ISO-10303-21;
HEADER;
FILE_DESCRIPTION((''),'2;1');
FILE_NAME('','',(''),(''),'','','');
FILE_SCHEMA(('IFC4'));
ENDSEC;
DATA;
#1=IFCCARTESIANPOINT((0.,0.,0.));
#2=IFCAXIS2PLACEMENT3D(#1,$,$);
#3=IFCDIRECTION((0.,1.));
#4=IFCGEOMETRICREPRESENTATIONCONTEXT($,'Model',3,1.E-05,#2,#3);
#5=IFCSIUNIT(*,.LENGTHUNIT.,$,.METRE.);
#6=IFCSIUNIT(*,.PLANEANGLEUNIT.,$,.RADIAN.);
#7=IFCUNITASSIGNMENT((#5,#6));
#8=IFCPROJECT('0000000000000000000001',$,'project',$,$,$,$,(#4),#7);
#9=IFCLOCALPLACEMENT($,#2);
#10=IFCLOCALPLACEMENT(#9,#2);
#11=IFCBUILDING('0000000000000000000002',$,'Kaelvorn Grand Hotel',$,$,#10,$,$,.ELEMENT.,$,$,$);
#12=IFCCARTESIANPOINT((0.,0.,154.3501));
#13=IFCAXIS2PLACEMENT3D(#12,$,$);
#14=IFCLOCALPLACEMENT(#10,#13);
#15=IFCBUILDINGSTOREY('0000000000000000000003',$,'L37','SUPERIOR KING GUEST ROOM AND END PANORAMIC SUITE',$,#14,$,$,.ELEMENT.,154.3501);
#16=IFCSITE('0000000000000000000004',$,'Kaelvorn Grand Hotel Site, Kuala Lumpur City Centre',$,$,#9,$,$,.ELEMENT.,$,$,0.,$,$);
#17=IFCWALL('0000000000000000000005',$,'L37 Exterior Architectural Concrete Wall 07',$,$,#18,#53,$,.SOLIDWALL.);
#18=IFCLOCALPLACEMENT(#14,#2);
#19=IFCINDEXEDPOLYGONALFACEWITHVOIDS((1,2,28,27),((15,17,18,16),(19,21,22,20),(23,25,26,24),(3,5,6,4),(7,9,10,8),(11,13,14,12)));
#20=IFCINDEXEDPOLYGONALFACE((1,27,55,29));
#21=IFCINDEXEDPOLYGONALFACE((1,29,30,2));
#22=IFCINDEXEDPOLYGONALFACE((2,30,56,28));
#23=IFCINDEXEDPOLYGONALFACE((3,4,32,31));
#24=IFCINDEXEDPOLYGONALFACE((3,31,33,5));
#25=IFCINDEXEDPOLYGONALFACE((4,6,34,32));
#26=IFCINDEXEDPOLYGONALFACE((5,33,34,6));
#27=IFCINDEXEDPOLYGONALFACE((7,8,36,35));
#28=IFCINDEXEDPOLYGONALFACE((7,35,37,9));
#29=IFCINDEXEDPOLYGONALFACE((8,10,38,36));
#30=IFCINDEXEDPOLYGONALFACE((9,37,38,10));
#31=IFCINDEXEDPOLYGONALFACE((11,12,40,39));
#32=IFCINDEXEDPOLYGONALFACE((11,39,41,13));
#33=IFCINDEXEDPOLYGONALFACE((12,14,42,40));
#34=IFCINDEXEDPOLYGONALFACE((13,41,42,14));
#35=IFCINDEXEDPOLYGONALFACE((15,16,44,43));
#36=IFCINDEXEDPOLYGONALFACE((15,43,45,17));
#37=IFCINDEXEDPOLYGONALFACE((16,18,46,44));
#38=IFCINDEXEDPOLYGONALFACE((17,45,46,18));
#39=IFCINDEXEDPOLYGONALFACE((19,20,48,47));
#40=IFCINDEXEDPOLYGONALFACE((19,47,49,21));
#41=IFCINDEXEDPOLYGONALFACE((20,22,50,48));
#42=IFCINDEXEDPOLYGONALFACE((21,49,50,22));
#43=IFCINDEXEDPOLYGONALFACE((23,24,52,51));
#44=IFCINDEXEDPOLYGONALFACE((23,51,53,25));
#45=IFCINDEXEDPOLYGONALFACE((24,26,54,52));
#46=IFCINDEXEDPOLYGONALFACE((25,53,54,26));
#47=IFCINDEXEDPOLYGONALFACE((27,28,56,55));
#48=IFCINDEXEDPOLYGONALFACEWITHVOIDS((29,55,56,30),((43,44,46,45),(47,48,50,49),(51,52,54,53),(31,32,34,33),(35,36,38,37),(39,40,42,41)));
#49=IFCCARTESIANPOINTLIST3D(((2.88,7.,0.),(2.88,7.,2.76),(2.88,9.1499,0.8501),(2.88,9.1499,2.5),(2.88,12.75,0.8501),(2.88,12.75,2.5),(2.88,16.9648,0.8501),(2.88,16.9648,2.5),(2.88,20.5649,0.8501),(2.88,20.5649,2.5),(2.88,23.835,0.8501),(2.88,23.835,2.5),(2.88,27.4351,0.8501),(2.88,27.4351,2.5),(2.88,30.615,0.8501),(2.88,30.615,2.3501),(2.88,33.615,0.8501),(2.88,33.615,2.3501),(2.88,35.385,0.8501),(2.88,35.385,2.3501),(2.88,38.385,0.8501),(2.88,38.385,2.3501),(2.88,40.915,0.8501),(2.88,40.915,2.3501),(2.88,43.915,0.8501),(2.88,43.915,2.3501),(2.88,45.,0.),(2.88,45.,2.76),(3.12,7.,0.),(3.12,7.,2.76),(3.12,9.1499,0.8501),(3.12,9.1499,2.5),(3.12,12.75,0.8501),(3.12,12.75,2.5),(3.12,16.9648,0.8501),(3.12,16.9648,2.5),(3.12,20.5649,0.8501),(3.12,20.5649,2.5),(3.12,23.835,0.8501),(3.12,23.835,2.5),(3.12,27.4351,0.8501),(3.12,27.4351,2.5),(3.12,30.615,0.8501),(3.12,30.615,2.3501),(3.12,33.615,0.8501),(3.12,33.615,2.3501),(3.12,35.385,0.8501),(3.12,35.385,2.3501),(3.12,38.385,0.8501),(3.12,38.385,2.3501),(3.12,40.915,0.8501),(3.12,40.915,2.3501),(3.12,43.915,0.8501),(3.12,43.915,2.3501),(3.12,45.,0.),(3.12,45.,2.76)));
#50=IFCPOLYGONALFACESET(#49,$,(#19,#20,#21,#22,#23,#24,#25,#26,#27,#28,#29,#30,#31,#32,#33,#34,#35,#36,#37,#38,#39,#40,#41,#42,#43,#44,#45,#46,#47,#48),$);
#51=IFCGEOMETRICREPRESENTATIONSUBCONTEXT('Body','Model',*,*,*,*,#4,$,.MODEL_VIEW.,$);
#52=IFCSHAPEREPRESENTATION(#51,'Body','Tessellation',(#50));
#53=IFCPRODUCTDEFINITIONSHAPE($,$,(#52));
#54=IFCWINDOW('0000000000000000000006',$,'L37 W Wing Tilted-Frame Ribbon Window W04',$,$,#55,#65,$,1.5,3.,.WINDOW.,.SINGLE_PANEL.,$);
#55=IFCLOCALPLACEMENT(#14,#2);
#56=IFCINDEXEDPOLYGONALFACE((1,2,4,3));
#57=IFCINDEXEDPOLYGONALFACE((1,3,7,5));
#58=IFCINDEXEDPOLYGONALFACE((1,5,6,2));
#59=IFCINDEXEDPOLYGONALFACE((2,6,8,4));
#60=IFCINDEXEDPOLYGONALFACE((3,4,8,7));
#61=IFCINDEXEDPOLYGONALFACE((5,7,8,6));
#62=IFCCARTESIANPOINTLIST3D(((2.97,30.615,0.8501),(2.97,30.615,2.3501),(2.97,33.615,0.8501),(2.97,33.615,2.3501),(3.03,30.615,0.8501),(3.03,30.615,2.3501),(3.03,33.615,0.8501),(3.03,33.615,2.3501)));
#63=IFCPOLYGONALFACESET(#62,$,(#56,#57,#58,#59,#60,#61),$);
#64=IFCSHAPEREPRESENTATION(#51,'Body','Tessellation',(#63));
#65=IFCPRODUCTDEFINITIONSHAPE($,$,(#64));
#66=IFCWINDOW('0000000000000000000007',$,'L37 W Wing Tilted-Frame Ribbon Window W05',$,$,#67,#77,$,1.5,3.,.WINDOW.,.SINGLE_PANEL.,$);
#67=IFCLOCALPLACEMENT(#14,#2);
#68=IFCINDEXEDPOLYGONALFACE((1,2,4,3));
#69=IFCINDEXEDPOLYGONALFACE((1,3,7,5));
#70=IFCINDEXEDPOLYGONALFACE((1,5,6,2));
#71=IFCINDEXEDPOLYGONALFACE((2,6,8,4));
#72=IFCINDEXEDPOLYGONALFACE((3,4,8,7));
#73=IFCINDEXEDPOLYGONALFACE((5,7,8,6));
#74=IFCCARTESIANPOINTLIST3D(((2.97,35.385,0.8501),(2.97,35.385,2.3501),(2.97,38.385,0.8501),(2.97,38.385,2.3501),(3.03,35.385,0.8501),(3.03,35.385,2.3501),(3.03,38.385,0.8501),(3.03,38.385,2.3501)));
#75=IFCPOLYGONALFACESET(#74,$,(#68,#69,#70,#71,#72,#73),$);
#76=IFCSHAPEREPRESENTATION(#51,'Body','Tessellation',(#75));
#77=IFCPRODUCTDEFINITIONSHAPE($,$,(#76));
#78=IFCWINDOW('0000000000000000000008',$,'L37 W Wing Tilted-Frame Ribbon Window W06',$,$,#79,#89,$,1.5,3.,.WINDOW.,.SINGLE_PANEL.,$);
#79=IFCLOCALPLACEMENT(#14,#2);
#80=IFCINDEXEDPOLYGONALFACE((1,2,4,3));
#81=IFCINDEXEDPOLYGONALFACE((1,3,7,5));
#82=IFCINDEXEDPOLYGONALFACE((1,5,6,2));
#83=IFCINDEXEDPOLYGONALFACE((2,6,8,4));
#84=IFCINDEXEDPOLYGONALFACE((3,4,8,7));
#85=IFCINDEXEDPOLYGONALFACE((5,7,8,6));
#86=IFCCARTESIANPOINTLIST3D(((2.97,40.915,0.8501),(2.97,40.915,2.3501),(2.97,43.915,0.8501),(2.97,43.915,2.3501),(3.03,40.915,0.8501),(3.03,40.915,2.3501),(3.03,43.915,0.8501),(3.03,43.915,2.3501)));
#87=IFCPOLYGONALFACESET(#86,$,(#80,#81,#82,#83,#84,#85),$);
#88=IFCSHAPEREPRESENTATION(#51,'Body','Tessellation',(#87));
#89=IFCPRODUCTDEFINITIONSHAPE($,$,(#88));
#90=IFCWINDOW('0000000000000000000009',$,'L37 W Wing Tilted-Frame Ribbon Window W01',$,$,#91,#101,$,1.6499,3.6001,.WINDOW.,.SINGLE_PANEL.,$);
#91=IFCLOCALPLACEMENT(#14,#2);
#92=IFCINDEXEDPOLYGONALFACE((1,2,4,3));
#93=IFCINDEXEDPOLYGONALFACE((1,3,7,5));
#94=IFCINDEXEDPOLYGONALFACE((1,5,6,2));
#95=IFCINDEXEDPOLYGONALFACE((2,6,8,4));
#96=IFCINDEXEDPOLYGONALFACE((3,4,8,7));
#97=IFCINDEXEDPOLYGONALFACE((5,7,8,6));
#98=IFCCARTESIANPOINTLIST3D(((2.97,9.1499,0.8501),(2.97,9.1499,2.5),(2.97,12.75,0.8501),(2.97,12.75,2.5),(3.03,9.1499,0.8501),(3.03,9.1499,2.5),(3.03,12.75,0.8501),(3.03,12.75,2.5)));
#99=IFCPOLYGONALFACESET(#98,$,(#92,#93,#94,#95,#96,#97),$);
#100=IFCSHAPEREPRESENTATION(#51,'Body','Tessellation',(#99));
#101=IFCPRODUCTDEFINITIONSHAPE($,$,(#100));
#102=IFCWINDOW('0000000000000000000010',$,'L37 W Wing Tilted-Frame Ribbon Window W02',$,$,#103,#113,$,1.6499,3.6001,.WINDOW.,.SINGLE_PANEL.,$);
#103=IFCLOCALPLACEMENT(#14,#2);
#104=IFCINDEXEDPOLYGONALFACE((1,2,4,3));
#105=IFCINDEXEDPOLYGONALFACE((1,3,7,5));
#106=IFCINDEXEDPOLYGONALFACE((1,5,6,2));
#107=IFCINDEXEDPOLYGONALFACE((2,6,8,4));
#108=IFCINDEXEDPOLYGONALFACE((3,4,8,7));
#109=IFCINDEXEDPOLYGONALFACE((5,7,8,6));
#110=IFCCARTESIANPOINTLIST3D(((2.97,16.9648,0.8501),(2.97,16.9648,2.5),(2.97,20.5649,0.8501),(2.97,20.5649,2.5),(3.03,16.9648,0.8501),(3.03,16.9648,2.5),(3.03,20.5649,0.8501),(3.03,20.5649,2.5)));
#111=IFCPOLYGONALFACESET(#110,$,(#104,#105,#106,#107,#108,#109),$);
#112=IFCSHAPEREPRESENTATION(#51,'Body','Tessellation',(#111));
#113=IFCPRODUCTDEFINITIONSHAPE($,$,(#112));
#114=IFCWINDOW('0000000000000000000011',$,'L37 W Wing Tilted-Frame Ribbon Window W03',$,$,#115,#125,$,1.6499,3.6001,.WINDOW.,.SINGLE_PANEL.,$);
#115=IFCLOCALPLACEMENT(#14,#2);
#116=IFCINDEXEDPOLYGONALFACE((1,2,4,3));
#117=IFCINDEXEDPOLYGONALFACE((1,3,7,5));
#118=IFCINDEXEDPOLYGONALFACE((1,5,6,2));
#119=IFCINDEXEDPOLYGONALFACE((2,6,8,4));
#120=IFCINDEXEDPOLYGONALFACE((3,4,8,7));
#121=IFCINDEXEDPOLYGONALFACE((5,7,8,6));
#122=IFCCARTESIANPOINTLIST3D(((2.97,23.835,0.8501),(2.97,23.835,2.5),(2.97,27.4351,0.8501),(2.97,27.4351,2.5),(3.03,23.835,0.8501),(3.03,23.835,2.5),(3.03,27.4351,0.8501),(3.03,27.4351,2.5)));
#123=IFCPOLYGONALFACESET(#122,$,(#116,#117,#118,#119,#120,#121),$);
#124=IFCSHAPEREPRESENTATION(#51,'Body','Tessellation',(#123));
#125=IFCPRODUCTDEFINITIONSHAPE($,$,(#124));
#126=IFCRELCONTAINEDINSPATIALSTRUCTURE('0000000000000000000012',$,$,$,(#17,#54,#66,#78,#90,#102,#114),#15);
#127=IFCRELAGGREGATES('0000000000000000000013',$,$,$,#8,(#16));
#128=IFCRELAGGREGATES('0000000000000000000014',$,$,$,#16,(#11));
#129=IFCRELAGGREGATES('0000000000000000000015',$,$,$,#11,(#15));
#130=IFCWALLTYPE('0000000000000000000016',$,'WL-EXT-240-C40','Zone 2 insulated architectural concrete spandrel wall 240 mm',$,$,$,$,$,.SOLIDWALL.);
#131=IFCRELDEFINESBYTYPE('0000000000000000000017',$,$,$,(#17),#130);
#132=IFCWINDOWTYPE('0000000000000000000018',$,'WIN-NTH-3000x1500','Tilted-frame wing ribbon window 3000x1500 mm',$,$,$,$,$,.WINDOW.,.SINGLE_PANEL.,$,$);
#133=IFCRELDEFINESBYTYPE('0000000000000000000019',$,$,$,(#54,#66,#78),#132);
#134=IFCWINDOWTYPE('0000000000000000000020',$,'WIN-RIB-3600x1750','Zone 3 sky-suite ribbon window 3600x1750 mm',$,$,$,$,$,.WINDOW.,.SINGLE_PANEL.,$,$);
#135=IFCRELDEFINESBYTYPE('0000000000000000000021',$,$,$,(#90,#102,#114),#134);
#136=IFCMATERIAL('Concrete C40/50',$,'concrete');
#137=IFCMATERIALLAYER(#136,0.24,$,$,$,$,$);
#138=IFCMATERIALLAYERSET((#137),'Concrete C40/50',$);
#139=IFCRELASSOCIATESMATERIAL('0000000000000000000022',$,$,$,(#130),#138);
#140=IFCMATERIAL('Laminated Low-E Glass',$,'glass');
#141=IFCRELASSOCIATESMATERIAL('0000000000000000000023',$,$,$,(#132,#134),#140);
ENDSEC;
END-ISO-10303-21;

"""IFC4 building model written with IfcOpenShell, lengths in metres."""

from ifc_helpers import new_model, si_unit, direction, frame, frame_2d, origin, place, context, subcontext, project, spatial, rectangle, extrude, material, layer, layer_set, type_object, element, fill, save


model = new_model("IFC4")

# Units and contexts
model_context = context("Model", 3, precision=1e-05, world=origin(), true_north=direction((0.0, 1.0)))
body_context = subcontext(model_context, "Body", "Model", "MODEL_VIEW")
ifc_project = project(units=[si_unit("LENGTHUNIT", "METRE"), si_unit("PLANEANGLEUNIT", "RADIAN")], contexts=[model_context])

# Site, building, storey
site_placement = place(None, origin())
site = spatial("IfcSite", under=ifc_project, at=site_placement, Name="Kaelvorn Grand Hotel Site, Kuala Lumpur City Centre", CompositionType="ELEMENT", RefElevation=0.0)
building_placement = place(site_placement, origin())
building = spatial("IfcBuilding", under=site, at=building_placement, Name="Kaelvorn Grand Hotel", CompositionType="ELEMENT")
storey_placement = place(building_placement, frame((0.0, 0.0, 154.3501)))
storey = spatial("IfcBuildingStorey", under=building, at=storey_placement, Name="L37", Description="SUPERIOR KING GUEST ROOM AND END PANORAMIC SUITE", CompositionType="ELEMENT", Elevation=154.3501)

# Shared definitions
ifc_material_1 = material(Name="Concrete C40/50", Category="concrete")
ifc_layer_1 = layer(ifc_material_1, 0.24)
ifc_layer_set_1 = layer_set([ifc_layer_1], Name="Concrete C40/50")
wall_type = type_object("IfcWallType", Name="WL-EXT-240-C40", Description="Zone 2 insulated architectural concrete spandrel wall 240 mm", PredefinedType="SOLIDWALL", material=ifc_layer_set_1)
ifc_material_2 = material(Name="Laminated Low-E Glass", Category="glass")

# Wall, openings, windows
wall_1_placement = place(storey_placement, frame((3.0, 45.0, 0.0), z_axis=(0.0, 0.0, 1.0), x_axis=(0.0, -1.0, 0.0)))
wall_1 = element("IfcWall", 1, at=wall_1_placement, inside=storey, type_object=wall_type, Name="L37 Exterior Architectural Concrete Wall 07", PredefinedType="SOLIDWALL", context=body_context, shape_type="SweptSolid", body=[
    extrude(rectangle(XDim=38.0, YDim=0.24, at=frame_2d((19.0, 0.0))), origin(), (0.0, 0.0, 1.0), 2.76),
])
opening_1_placement = place(wall_1_placement, frame((32.25, 0.0, 0.8501)))
opening_1 = element("IfcOpeningElement", 2, at=opening_1_placement, cuts=wall_1, PredefinedType="OPENING", context=body_context, shape_type="SweptSolid", body=[
    extrude(rectangle(XDim=3.6001, YDim=1.6499, at=frame_2d((1.8, 0.825))), frame((0.0, 0.1299, 0.0), z_axis=(0.0, -1.0, 0.0), x_axis=(1.0, 0.0, 0.0)), (0.0, 0.0, 1.0), 0.26),
])
opening_2_placement = place(wall_1_placement, frame((24.4351, 0.0, 0.8501)))
opening_2 = element("IfcOpeningElement", 3, at=opening_2_placement, cuts=wall_1, PredefinedType="OPENING", context=body_context, shape_type="SweptSolid", body=[
    extrude(rectangle(XDim=3.6001, YDim=1.6499, at=frame_2d((1.8, 0.825))), frame((0.0, 0.1299, 0.0), z_axis=(0.0, -1.0, 0.0), x_axis=(1.0, 0.0, 0.0)), (0.0, 0.0, 1.0), 0.26),
])
opening_3_placement = place(wall_1_placement, frame((17.5649, 0.0, 0.8501)))
opening_3 = element("IfcOpeningElement", 4, at=opening_3_placement, cuts=wall_1, PredefinedType="OPENING", context=body_context, shape_type="SweptSolid", body=[
    extrude(rectangle(XDim=3.6001, YDim=1.6499, at=frame_2d((1.8, 0.825))), frame((0.0, 0.1299, 0.0), z_axis=(0.0, -1.0, 0.0), x_axis=(1.0, 0.0, 0.0)), (0.0, 0.0, 1.0), 0.26),
])
opening_4_placement = place(wall_1_placement, frame((11.385, 0.0, 0.8501)))
opening_4 = element("IfcOpeningElement", 5, at=opening_4_placement, cuts=wall_1, PredefinedType="OPENING", context=body_context, shape_type="SweptSolid", body=[
    extrude(rectangle(XDim=3.0, YDim=1.5, at=frame_2d((1.5, 0.75))), frame((0.0, 0.1299, 0.0), z_axis=(0.0, -1.0, 0.0), x_axis=(1.0, 0.0, 0.0)), (0.0, 0.0, 1.0), 0.26),
])
opening_5_placement = place(wall_1_placement, frame((6.615, 0.0, 0.8501)))
opening_5 = element("IfcOpeningElement", 6, at=opening_5_placement, cuts=wall_1, PredefinedType="OPENING", context=body_context, shape_type="SweptSolid", body=[
    extrude(rectangle(XDim=3.0, YDim=1.5, at=frame_2d((1.5, 0.75))), frame((0.0, 0.1299, 0.0), z_axis=(0.0, -1.0, 0.0), x_axis=(1.0, 0.0, 0.0)), (0.0, 0.0, 1.0), 0.26),
])
opening_6_placement = place(wall_1_placement, frame((1.085, 0.0, 0.8501)))
opening_6 = element("IfcOpeningElement", 7, at=opening_6_placement, cuts=wall_1, PredefinedType="OPENING", context=body_context, shape_type="SweptSolid", body=[
    extrude(rectangle(XDim=3.0, YDim=1.5, at=frame_2d((1.5, 0.75))), frame((0.0, 0.1299, 0.0), z_axis=(0.0, -1.0, 0.0), x_axis=(1.0, 0.0, 0.0)), (0.0, 0.0, 1.0), 0.26),
])
window_type_1 = type_object("IfcWindowType", Name="WIN-NTH-3000x1500", Description="Tilted-frame wing ribbon window 3000x1500 mm", PartitioningType="SINGLE_PANEL", PredefinedType="WINDOW", material=ifc_material_2)
window_1_placement = place(opening_4_placement, origin())
window_1 = element("IfcWindow", 8, at=window_1_placement, inside=storey, type_object=window_type_1, Name="L37 W Wing Tilted-Frame Ribbon Window W04", OverallHeight=1.5, OverallWidth=3.0, PartitioningType="SINGLE_PANEL", PredefinedType="WINDOW", context=body_context, shape_type="SweptSolid", body=[
    extrude(rectangle(XDim=3.0, YDim=1.5, at=frame_2d((1.5, 0.75))), frame((0.0, 0.03, 0.0), z_axis=(0.0, -1.0, 0.0), x_axis=(1.0, 0.0, 0.0)), (0.0, 0.0, 1.0), 0.0601),
])
fill(opening_4, window_1)
window_2_placement = place(opening_5_placement, origin())
window_2 = element("IfcWindow", 9, at=window_2_placement, inside=storey, type_object=window_type_1, Name="L37 W Wing Tilted-Frame Ribbon Window W05", OverallHeight=1.5, OverallWidth=3.0, PartitioningType="SINGLE_PANEL", PredefinedType="WINDOW", context=body_context, shape_type="SweptSolid", body=[
    extrude(rectangle(XDim=3.0, YDim=1.5, at=frame_2d((1.5, 0.75))), frame((0.0, 0.03, 0.0), z_axis=(0.0, -1.0, 0.0), x_axis=(1.0, 0.0, 0.0)), (0.0, 0.0, 1.0), 0.0601),
])
fill(opening_5, window_2)
window_3_placement = place(opening_6_placement, origin())
window_3 = element("IfcWindow", 10, at=window_3_placement, inside=storey, type_object=window_type_1, Name="L37 W Wing Tilted-Frame Ribbon Window W06", OverallHeight=1.5, OverallWidth=3.0, PartitioningType="SINGLE_PANEL", PredefinedType="WINDOW", context=body_context, shape_type="SweptSolid", body=[
    extrude(rectangle(XDim=3.0, YDim=1.5, at=frame_2d((1.5, 0.75))), frame((0.0, 0.03, 0.0), z_axis=(0.0, -1.0, 0.0), x_axis=(1.0, 0.0, 0.0)), (0.0, 0.0, 1.0), 0.0601),
])
fill(opening_6, window_3)
window_type_2 = type_object("IfcWindowType", Name="WIN-RIB-3600x1750", Description="Zone 3 sky-suite ribbon window 3600x1750 mm", PartitioningType="SINGLE_PANEL", PredefinedType="WINDOW", material=ifc_material_2)
window_4_placement = place(opening_1_placement, origin())
window_4 = element("IfcWindow", 11, at=window_4_placement, inside=storey, type_object=window_type_2, Name="L37 W Wing Tilted-Frame Ribbon Window W01", OverallHeight=1.6499, OverallWidth=3.6001, PartitioningType="SINGLE_PANEL", PredefinedType="WINDOW", context=body_context, shape_type="SweptSolid", body=[
    extrude(rectangle(XDim=3.6001, YDim=1.6499, at=frame_2d((1.8, 0.825))), frame((0.0, 0.03, 0.0), z_axis=(0.0, -1.0, 0.0), x_axis=(1.0, 0.0, 0.0)), (0.0, 0.0, 1.0), 0.0601),
])
fill(opening_1, window_4)
window_5_placement = place(opening_2_placement, origin())
window_5 = element("IfcWindow", 12, at=window_5_placement, inside=storey, type_object=window_type_2, Name="L37 W Wing Tilted-Frame Ribbon Window W02", OverallHeight=1.6499, OverallWidth=3.6001, PartitioningType="SINGLE_PANEL", PredefinedType="WINDOW", context=body_context, shape_type="SweptSolid", body=[
    extrude(rectangle(XDim=3.6001, YDim=1.6499, at=frame_2d((1.8, 0.825))), frame((0.0, 0.03, 0.0), z_axis=(0.0, -1.0, 0.0), x_axis=(1.0, 0.0, 0.0)), (0.0, 0.0, 1.0), 0.0601),
])
fill(opening_2, window_5)
window_6_placement = place(opening_3_placement, origin())
window_6 = element("IfcWindow", 13, at=window_6_placement, inside=storey, type_object=window_type_2, Name="L37 W Wing Tilted-Frame Ribbon Window W03", OverallHeight=1.6499, OverallWidth=3.6001, PartitioningType="SINGLE_PANEL", PredefinedType="WINDOW", context=body_context, shape_type="SweptSolid", body=[
    extrude(rectangle(XDim=3.6001, YDim=1.6499, at=frame_2d((1.8, 0.825))), frame((0.0, 0.03, 0.0), z_axis=(0.0, -1.0, 0.0), x_axis=(1.0, 0.0, 0.0)), (0.0, 0.0, 1.0), 0.0601),
])
fill(opening_3, window_6)

save(model, "model.ifc")
